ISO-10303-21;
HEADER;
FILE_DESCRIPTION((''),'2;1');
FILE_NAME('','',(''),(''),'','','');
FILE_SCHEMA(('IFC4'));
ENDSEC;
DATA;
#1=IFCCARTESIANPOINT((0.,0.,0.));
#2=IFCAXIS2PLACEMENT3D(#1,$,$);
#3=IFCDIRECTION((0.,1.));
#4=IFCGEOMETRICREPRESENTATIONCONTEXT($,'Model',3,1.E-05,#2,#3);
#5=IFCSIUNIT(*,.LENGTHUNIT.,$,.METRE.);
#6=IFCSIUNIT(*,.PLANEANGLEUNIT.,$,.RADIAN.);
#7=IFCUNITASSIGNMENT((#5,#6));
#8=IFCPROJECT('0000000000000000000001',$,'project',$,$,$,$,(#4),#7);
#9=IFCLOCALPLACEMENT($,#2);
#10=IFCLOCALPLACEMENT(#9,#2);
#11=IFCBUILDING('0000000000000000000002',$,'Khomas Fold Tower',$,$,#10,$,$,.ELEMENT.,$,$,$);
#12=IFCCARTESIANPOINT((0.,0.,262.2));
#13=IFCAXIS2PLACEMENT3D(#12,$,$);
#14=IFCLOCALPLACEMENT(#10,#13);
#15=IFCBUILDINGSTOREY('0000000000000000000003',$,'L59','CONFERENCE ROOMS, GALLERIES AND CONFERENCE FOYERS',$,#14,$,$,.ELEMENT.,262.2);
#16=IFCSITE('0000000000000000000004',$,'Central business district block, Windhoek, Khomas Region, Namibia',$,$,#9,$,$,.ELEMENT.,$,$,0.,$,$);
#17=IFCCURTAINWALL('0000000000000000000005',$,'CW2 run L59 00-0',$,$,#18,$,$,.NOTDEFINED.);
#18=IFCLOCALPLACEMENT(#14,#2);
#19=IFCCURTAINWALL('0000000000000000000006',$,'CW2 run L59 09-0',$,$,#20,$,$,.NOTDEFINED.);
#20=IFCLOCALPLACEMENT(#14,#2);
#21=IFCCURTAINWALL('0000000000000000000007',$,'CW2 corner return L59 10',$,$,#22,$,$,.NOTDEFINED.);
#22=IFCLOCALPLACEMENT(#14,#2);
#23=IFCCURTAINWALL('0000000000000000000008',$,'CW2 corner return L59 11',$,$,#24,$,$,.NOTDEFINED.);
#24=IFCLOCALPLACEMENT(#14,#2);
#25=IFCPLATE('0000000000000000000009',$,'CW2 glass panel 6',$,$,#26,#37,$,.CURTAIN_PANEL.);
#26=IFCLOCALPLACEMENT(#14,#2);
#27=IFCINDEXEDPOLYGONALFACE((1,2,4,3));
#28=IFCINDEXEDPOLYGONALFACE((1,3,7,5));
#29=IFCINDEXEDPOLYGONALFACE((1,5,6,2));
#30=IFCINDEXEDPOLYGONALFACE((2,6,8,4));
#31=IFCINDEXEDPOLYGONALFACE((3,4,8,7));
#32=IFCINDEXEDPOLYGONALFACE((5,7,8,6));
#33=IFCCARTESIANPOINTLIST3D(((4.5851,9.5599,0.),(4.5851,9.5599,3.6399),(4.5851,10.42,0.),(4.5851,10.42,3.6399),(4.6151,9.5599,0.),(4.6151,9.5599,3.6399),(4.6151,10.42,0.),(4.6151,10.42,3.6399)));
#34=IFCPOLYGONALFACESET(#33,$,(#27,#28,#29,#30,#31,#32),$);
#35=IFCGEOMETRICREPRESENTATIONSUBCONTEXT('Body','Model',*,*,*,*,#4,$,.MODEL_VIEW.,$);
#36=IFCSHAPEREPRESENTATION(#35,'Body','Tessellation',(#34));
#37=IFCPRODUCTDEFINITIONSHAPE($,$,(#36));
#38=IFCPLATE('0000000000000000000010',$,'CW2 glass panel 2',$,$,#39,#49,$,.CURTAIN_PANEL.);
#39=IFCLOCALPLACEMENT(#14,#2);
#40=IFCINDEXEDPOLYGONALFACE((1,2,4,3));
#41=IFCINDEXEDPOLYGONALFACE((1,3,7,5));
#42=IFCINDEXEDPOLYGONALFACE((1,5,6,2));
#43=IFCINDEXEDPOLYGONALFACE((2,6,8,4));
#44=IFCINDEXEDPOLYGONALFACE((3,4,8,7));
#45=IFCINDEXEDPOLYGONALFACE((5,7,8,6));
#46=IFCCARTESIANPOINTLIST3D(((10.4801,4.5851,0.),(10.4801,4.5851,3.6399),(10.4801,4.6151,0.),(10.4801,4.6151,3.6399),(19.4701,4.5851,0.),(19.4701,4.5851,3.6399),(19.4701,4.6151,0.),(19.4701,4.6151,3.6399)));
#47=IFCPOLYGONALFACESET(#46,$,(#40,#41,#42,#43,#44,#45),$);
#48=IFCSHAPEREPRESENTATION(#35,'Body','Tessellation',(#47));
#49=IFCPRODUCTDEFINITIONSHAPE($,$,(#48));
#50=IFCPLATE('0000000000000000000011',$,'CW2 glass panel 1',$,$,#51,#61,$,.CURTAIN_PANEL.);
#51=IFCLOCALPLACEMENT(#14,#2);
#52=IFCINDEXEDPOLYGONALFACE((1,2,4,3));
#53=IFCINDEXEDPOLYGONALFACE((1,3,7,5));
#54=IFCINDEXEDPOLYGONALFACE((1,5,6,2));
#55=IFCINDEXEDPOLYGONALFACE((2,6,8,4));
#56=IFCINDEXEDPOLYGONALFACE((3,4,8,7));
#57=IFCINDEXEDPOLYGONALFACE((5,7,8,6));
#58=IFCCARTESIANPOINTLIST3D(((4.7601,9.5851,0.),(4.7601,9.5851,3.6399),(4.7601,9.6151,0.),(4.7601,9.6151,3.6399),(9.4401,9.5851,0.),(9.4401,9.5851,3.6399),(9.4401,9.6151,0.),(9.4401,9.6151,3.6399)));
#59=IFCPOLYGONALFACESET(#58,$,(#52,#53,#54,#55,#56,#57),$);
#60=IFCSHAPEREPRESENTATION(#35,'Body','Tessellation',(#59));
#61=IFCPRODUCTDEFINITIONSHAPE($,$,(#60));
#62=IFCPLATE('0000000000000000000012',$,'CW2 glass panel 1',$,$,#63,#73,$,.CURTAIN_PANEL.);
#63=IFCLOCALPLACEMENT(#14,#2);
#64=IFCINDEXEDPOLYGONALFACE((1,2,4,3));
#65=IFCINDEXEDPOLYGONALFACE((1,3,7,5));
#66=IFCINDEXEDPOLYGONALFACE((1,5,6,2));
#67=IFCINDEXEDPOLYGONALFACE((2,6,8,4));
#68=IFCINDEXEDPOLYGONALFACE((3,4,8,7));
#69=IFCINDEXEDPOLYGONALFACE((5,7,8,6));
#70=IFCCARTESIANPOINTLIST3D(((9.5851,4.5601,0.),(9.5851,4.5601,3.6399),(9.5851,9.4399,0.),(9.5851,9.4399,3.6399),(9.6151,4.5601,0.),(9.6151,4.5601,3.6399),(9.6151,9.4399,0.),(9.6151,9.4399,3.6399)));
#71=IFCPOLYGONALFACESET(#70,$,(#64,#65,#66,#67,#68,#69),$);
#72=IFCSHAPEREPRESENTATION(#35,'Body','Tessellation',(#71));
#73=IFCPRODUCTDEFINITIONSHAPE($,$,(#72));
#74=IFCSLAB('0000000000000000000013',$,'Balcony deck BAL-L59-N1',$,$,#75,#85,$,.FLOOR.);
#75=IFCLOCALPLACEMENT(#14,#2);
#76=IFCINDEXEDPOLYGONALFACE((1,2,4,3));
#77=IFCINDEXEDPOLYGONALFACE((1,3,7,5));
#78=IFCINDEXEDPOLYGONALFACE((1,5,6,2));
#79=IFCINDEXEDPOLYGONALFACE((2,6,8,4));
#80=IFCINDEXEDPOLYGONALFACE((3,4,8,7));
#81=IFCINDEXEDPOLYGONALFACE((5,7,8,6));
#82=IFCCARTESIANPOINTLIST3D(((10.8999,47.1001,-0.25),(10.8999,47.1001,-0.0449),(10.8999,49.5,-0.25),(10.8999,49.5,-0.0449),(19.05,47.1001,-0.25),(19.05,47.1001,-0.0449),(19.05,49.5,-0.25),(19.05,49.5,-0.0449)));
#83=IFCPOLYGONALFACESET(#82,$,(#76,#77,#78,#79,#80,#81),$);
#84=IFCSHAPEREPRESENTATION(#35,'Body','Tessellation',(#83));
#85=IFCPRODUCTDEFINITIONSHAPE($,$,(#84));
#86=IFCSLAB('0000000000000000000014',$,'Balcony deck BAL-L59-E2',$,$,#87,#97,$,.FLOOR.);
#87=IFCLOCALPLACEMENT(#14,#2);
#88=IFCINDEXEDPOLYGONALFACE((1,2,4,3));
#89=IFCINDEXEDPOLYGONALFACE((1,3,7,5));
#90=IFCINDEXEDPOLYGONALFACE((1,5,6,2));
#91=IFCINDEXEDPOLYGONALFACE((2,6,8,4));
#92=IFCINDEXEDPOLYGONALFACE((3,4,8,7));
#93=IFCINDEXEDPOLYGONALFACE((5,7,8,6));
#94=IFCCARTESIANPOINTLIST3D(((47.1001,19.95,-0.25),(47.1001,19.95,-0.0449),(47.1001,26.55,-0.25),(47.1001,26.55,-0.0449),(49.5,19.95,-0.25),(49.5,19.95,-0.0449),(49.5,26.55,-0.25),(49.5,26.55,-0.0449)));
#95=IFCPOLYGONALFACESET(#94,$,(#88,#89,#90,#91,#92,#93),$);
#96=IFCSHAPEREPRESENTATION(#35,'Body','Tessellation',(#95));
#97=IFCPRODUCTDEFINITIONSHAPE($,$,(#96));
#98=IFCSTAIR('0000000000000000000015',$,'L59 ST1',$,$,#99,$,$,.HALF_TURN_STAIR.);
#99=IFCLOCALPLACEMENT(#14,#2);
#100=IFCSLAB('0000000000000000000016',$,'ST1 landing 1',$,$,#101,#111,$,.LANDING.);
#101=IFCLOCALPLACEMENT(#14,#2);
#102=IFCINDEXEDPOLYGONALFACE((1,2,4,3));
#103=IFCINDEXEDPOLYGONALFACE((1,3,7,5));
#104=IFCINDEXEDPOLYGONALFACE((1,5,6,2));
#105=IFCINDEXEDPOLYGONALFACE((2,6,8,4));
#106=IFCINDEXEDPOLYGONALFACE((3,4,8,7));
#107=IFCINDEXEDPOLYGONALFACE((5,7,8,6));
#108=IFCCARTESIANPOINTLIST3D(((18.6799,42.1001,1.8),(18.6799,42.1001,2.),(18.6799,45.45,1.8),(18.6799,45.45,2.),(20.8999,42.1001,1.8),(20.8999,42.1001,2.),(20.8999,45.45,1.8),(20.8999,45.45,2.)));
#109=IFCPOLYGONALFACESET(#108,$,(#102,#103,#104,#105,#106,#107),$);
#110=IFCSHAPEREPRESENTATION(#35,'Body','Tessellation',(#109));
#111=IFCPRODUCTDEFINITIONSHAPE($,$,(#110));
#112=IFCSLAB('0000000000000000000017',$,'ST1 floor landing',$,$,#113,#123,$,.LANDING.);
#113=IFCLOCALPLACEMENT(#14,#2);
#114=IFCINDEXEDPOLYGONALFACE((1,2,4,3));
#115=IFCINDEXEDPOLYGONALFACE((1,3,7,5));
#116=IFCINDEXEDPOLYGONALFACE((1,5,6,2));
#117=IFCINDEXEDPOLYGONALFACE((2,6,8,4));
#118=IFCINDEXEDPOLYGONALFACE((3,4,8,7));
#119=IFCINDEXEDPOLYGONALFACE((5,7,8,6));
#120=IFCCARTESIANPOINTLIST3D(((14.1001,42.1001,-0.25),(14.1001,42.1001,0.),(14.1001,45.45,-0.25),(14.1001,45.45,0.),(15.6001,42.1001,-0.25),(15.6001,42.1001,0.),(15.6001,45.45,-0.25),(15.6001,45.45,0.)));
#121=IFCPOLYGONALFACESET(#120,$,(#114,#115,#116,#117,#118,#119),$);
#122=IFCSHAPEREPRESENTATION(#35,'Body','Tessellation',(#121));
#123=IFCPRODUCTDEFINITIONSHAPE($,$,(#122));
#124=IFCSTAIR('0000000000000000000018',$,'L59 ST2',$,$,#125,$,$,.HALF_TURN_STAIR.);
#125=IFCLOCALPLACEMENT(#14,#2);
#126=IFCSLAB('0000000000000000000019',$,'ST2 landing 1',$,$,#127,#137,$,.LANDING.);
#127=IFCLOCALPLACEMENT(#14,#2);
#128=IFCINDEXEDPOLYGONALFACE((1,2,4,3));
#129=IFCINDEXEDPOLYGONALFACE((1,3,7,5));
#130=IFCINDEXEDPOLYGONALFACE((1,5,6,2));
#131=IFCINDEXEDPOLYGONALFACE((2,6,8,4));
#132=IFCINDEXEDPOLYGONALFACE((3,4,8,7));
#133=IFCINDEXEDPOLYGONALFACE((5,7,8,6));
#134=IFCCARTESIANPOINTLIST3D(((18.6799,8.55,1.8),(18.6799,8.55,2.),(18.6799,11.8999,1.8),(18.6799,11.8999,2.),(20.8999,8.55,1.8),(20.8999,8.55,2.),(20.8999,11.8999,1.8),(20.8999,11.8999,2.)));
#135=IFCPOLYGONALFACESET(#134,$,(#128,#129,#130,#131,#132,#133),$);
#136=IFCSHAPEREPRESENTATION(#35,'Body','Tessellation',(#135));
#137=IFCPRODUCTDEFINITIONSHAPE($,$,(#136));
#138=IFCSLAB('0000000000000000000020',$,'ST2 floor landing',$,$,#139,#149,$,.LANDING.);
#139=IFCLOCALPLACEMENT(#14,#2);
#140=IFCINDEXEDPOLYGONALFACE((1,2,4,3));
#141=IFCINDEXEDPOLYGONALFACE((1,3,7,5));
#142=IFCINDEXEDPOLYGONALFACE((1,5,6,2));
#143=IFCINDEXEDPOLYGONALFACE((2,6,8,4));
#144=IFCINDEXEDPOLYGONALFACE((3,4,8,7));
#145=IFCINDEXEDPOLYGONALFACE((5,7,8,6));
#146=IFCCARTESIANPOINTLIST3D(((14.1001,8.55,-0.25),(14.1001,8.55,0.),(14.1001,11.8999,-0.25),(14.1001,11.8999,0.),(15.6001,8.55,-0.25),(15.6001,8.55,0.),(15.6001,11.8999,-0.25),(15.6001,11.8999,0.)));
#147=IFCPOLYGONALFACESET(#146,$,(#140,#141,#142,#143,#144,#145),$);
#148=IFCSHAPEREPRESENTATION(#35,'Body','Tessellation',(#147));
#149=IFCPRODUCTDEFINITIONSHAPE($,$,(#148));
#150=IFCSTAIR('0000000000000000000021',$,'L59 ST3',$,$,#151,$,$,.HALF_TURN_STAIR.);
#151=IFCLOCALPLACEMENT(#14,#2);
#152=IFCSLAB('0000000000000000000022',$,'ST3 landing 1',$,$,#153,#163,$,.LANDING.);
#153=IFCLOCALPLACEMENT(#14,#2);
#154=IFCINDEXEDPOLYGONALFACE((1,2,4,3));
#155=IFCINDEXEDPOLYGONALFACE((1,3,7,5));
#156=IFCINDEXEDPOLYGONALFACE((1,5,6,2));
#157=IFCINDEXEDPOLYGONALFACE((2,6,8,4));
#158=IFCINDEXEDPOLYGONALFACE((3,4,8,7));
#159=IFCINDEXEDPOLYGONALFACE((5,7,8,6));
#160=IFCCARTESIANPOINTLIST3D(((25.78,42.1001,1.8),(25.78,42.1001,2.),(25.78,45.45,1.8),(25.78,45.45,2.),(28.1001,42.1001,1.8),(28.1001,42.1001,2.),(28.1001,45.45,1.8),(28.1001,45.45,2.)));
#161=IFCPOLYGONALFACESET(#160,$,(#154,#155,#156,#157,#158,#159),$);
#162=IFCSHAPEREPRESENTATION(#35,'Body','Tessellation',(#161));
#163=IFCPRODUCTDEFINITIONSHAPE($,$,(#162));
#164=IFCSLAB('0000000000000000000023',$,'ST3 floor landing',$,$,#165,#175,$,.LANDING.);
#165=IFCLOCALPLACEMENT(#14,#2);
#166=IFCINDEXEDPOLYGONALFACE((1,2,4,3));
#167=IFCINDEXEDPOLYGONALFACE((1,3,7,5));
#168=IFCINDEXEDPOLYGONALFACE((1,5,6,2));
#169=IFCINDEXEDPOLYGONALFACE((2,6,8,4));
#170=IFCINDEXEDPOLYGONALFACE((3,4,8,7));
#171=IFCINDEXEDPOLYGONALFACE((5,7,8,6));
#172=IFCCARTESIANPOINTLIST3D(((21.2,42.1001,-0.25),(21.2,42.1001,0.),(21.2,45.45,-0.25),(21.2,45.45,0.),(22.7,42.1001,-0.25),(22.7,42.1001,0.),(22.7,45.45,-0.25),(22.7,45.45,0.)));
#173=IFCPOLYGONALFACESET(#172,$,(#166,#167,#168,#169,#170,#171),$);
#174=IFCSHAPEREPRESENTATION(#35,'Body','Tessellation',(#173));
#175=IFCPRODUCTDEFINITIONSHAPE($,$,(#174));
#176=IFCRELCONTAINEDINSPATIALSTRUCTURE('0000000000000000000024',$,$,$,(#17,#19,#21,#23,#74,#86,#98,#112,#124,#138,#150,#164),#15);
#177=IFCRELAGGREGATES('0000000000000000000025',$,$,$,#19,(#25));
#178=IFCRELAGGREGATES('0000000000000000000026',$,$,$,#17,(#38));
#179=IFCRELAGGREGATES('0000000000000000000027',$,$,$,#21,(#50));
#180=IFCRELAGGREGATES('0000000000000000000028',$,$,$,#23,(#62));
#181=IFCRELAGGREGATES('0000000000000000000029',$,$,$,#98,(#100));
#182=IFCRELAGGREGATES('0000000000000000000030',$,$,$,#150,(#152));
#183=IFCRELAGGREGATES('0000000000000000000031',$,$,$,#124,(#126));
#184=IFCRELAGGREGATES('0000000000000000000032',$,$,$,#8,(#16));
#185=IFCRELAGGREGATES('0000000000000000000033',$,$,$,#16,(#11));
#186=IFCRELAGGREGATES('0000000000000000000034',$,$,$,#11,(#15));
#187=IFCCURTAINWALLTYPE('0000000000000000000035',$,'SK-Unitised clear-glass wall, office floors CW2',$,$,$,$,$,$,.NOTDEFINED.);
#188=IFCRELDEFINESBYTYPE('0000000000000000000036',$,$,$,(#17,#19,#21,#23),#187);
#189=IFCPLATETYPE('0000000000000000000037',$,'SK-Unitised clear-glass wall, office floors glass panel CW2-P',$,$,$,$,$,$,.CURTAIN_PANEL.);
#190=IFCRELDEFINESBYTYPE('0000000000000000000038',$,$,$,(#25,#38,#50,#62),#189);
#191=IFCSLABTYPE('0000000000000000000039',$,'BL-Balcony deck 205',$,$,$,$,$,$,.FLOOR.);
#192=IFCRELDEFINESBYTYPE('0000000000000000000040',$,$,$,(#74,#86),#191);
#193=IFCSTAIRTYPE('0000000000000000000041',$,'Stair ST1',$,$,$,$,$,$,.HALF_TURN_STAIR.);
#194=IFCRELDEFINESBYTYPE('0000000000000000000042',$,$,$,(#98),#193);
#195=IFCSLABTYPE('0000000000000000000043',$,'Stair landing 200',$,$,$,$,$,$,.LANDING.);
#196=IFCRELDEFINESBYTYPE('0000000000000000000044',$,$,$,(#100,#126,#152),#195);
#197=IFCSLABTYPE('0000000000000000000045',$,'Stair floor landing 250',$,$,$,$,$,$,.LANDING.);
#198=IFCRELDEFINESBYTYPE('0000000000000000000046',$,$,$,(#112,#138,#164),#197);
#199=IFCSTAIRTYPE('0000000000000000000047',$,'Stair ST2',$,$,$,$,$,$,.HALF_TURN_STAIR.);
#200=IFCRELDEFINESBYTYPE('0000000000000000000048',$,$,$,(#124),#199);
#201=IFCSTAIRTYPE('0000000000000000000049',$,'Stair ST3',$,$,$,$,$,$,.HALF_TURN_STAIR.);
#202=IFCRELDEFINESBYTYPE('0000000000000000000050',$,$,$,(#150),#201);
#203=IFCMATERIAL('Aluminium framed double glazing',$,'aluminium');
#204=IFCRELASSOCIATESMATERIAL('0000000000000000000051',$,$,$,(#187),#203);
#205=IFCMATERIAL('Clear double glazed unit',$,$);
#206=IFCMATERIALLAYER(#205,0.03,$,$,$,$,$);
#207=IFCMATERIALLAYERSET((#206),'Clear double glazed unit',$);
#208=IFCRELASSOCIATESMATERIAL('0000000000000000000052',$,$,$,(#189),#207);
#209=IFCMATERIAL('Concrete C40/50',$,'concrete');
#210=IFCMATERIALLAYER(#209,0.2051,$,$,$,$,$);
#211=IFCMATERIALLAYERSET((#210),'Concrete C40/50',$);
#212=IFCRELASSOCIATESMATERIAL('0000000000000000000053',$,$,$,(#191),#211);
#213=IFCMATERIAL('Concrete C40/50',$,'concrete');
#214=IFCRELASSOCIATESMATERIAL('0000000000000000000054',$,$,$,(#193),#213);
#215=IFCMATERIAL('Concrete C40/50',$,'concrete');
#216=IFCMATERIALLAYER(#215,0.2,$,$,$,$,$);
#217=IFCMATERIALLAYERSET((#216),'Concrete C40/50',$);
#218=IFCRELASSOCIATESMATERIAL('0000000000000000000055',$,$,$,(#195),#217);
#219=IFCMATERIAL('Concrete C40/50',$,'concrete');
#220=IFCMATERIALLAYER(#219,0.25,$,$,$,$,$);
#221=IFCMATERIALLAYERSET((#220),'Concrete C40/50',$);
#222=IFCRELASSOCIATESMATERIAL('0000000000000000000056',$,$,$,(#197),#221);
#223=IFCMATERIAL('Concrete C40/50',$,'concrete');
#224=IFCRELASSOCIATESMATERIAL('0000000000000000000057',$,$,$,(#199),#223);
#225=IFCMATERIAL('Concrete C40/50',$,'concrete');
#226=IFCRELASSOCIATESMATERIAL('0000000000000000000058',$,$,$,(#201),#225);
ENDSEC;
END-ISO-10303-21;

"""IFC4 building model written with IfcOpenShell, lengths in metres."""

from ifc_helpers import new_model, si_unit, direction, frame, origin, origin_2d, place, context, subcontext, project, spatial, polyline, rectangle, outline, extrude, source, transform, mapped, material, layer, layer_set, type_object, element, aggregate, save


model = new_model("IFC4")

# Units and contexts
model_context = context("Model", 3, precision=1e-05, world=origin(), true_north=direction((0.0, 1.0)))
body_context = subcontext(model_context, "Body", "Model", "MODEL_VIEW")
ifc_project = project(units=[si_unit("LENGTHUNIT", "METRE"), si_unit("PLANEANGLEUNIT", "RADIAN")], contexts=[model_context])

# Site, building, storey
site_placement = place(None, origin())
site = spatial("IfcSite", under=ifc_project, at=site_placement, Name="Central business district block, Windhoek, Khomas Region, Namibia", CompositionType="ELEMENT", RefElevation=0.0)
building_placement = place(site_placement, origin())
building = spatial("IfcBuilding", under=site, at=building_placement, Name="Khomas Fold Tower", CompositionType="ELEMENT")
storey_placement = place(building_placement, frame((0.0, 0.0, 262.2)))
storey = spatial("IfcBuildingStorey", under=building, at=storey_placement, Name="L59", Description="CONFERENCE ROOMS, GALLERIES AND CONFERENCE FOYERS", CompositionType="ELEMENT", Elevation=262.2)

# Curtain wall
ifc_material_1 = material(Name="Aluminium framed double glazing", Category="aluminium")
curtain_wall_type = type_object("IfcCurtainWallType", Name="SK-Unitised clear-glass wall, office floors CW2", PredefinedType="NOTDEFINED", material=ifc_material_1)
curtain_wall_1_placement = place(storey_placement, origin())
curtain_wall_1 = element("IfcCurtainWall", 1, at=curtain_wall_1_placement, inside=storey, type_object=curtain_wall_type, Name="CW2 run L59 00-0", PredefinedType="NOTDEFINED")

# Curtain wall
curtain_wall_2_placement = place(storey_placement, origin())
curtain_wall_2 = element("IfcCurtainWall", 2, at=curtain_wall_2_placement, inside=storey, type_object=curtain_wall_type, Name="CW2 run L59 09-0", PredefinedType="NOTDEFINED")

# Curtain walls
curtain_wall_3_placement = place(storey_placement, origin())
curtain_wall_3 = element("IfcCurtainWall", 3, at=curtain_wall_3_placement, inside=storey, type_object=curtain_wall_type, Name="CW2 corner return L59 10", PredefinedType="NOTDEFINED")
curtain_wall_4_placement = place(storey_placement, origin())
curtain_wall_4 = element("IfcCurtainWall", 4, at=curtain_wall_4_placement, inside=storey, type_object=curtain_wall_type, Name="CW2 corner return L59 11", PredefinedType="NOTDEFINED")

# Plates
ifc_material_2 = material(Name="Clear double glazed unit")
ifc_layer_1 = layer(ifc_material_2, 0.03)
ifc_layer_set_1 = layer_set([ifc_layer_1], Name="Clear double glazed unit")
plate_type = type_object("IfcPlateType", Name="SK-Unitised clear-glass wall, office floors glass panel CW2-P", PredefinedType="CURTAIN_PANEL", material=ifc_layer_set_1)
shared_shape_1 = source(origin(), body_context, "Body", "SweptSolid", [
    extrude(rectangle(XDim=0.8601, YDim=0.03, at=origin_2d()), origin(), (0.0, 0.0, 1.0), 3.6399),
])
plate_1_placement = place(storey_placement, frame((4.6001, 9.99, 0.0), z_axis=(0.0, 0.0, 1.0), x_axis=(0.0, -1.0, 0.0)))
plate_1 = element("IfcPlate", 5, at=plate_1_placement, type_object=plate_type, Name="CW2 glass panel 6", PredefinedType="CURTAIN_PANEL", context=body_context, shape_type="MappedRepresentation", body=[
    mapped(shared_shape_1, transform((0.0, 0.0, 0.0))),
])
aggregate(curtain_wall_2, [plate_1])
shared_shape_2 = source(origin(), body_context, "Body", "SweptSolid", [
    extrude(rectangle(XDim=8.99, YDim=0.03, at=origin_2d()), origin(), (0.0, 0.0, 1.0), 3.6399),
])
plate_2_placement = place(storey_placement, frame((14.9751, 4.6001, 0.0), z_axis=(0.0, 0.0, 1.0), x_axis=(1.0, 0.0, 0.0)))
plate_2 = element("IfcPlate", 6, at=plate_2_placement, type_object=plate_type, Name="CW2 glass panel 2", PredefinedType="CURTAIN_PANEL", context=body_context, shape_type="MappedRepresentation", body=[
    mapped(shared_shape_2, transform((0.0, 0.0, 0.0))),
])
aggregate(curtain_wall_1, [plate_2])
shared_shape_3 = source(origin(), body_context, "Body", "SweptSolid", [
    extrude(rectangle(XDim=4.6799, YDim=0.03, at=origin_2d()), origin(), (0.0, 0.0, 1.0), 3.6399),
])
plate_3_placement = place(storey_placement, frame((7.1001, 9.6001, 0.0), z_axis=(0.0, 0.0, 1.0), x_axis=(1.0, 0.0, 0.0)))
plate_3 = element("IfcPlate", 7, at=plate_3_placement, type_object=plate_type, Name="CW2 glass panel 1", PredefinedType="CURTAIN_PANEL", context=body_context, shape_type="MappedRepresentation", body=[
    mapped(shared_shape_3, transform((0.0, 0.0, 0.0))),
])
aggregate(curtain_wall_3, [plate_3])
shared_shape_4 = source(origin(), body_context, "Body", "SweptSolid", [
    extrude(rectangle(XDim=4.8799, YDim=0.03, at=origin_2d()), origin(), (0.0, 0.0, 1.0), 3.6399),
])
plate_4_placement = place(storey_placement, frame((9.6001, 7.0, 0.0), z_axis=(0.0, 0.0, 1.0), x_axis=(0.0, -1.0, 0.0)))
plate_4 = element("IfcPlate", 8, at=plate_4_placement, type_object=plate_type, Name="CW2 glass panel 1", PredefinedType="CURTAIN_PANEL", context=body_context, shape_type="MappedRepresentation", body=[
    mapped(shared_shape_4, transform((0.0, 0.0, 0.0))),
])
aggregate(curtain_wall_4, [plate_4])

# Slabs
ifc_material_3 = material(Name="Concrete C40/50", Category="concrete")
ifc_layer_2 = layer(ifc_material_3, 0.2051)
ifc_layer_set_2 = layer_set([ifc_layer_2], Name="Concrete C40/50")
slab_type_1 = type_object("IfcSlabType", Name="BL-Balcony deck 205", PredefinedType="FLOOR", material=ifc_layer_set_2)
shared_shape_5 = source(origin(), body_context, "Body", "SweptSolid", [
    extrude(outline(polyline([(10.8999, 47.1001), (19.05, 47.1001), (19.05, 49.5), (10.8999, 49.5), (10.8999, 47.1001)])), origin(), (0.0, 0.0, 1.0), 0.2051),
])
slab_1_placement = place(storey_placement, frame((0.0, 0.0, -0.25)))
element("IfcSlab", 9, at=slab_1_placement, inside=storey, type_object=slab_type_1, Name="Balcony deck BAL-L59-N1", PredefinedType="FLOOR", context=body_context, shape_type="MappedRepresentation", body=[
    mapped(shared_shape_5, transform((0.0, 0.0, 0.0))),
])
shared_shape_6 = source(origin(), body_context, "Body", "SweptSolid", [
    extrude(outline(polyline([(47.1001, 19.95), (49.5, 19.95), (49.5, 26.55), (47.1001, 26.55), (47.1001, 19.95)])), origin(), (0.0, 0.0, 1.0), 0.2051),
])
slab_2_placement = place(storey_placement, frame((0.0, 0.0, -0.25)))
element("IfcSlab", 10, at=slab_2_placement, inside=storey, type_object=slab_type_1, Name="Balcony deck BAL-L59-E2", PredefinedType="FLOOR", context=body_context, shape_type="MappedRepresentation", body=[
    mapped(shared_shape_6, transform((0.0, 0.0, 0.0))),
])

# Stair, slab
ifc_material_4 = material(Name="Concrete C40/50", Category="concrete")
stair_type_1 = type_object("IfcStairType", Name="Stair ST1", PredefinedType="HALF_TURN_STAIR", material=ifc_material_4)
stair_1_placement = place(storey_placement, origin())
stair_1 = element("IfcStair", 11, at=stair_1_placement, inside=storey, type_object=stair_type_1, Name="L59 ST1", PredefinedType="HALF_TURN_STAIR")
ifc_material_5 = material(Name="Concrete C40/50", Category="concrete")
ifc_layer_3 = layer(ifc_material_5, 0.2)
ifc_layer_set_3 = layer_set([ifc_layer_3], Name="Concrete C40/50")
slab_type_2 = type_object("IfcSlabType", Name="Stair landing 200", PredefinedType="LANDING", material=ifc_layer_set_3)
shared_shape_7 = source(origin(), body_context, "Body", "SweptSolid", [
    extrude(outline(polyline([(18.6799, 42.1001), (20.8999, 42.1001), (20.8999, 45.45), (18.6799, 45.45), (18.6799, 42.1001)])), origin(), (0.0, 0.0, 1.0), 0.2),
])
slab_3_placement = place(storey_placement, frame((0.0, 0.0, 1.8)))
slab_3 = element("IfcSlab", 12, at=slab_3_placement, type_object=slab_type_2, Name="ST1 landing 1", PredefinedType="LANDING", context=body_context, shape_type="MappedRepresentation", body=[
    mapped(shared_shape_7, transform((0.0, 0.0, 0.0))),
])
aggregate(stair_1, [slab_3])

# Slab
ifc_material_6 = material(Name="Concrete C40/50", Category="concrete")
ifc_layer_4 = layer(ifc_material_6, 0.25)
ifc_layer_set_4 = layer_set([ifc_layer_4], Name="Concrete C40/50")
slab_type_3 = type_object("IfcSlabType", Name="Stair floor landing 250", PredefinedType="LANDING", material=ifc_layer_set_4)
shared_shape_8 = source(origin(), body_context, "Body", "SweptSolid", [
    extrude(outline(polyline([(15.6001, 42.1001), (14.1001, 42.1001), (14.1001, 45.45), (15.6001, 45.45), (15.6001, 42.1001)])), origin(), (0.0, 0.0, 1.0), 0.25),
])
slab_4_placement = place(storey_placement, frame((0.0, 0.0, -0.25)))
element("IfcSlab", 13, at=slab_4_placement, inside=storey, type_object=slab_type_3, Name="ST1 floor landing", PredefinedType="LANDING", context=body_context, shape_type="MappedRepresentation", body=[
    mapped(shared_shape_8, transform((0.0, 0.0, 0.0))),
])

# Stair, slab
ifc_material_7 = material(Name="Concrete C40/50", Category="concrete")
stair_type_2 = type_object("IfcStairType", Name="Stair ST2", PredefinedType="HALF_TURN_STAIR", material=ifc_material_7)
stair_2_placement = place(storey_placement, origin())
stair_2 = element("IfcStair", 14, at=stair_2_placement, inside=storey, type_object=stair_type_2, Name="L59 ST2", PredefinedType="HALF_TURN_STAIR")
shared_shape_9 = source(origin(), body_context, "Body", "SweptSolid", [
    extrude(outline(polyline([(18.6799, 8.55), (20.8999, 8.55), (20.8999, 11.8999), (18.6799, 11.8999), (18.6799, 8.55)])), origin(), (0.0, 0.0, 1.0), 0.2),
])
slab_5_placement = place(storey_placement, frame((0.0, 0.0, 1.8)))
slab_5 = element("IfcSlab", 15, at=slab_5_placement, type_object=slab_type_2, Name="ST2 landing 1", PredefinedType="LANDING", context=body_context, shape_type="MappedRepresentation", body=[
    mapped(shared_shape_9, transform((0.0, 0.0, 0.0))),
])

# Slab
shared_shape_10 = source(origin(), body_context, "Body", "SweptSolid", [
    extrude(outline(polyline([(15.6001, 8.55), (14.1001, 8.55), (14.1001, 11.8999), (15.6001, 11.8999), (15.6001, 8.55)])), origin(), (0.0, 0.0, 1.0), 0.25),
])
slab_6_placement = place(storey_placement, frame((0.0, 0.0, -0.25)))
element("IfcSlab", 16, at=slab_6_placement, inside=storey, type_object=slab_type_3, Name="ST2 floor landing", PredefinedType="LANDING", context=body_context, shape_type="MappedRepresentation", body=[
    mapped(shared_shape_10, transform((0.0, 0.0, 0.0))),
])

# Stair, slab
ifc_material_8 = material(Name="Concrete C40/50", Category="concrete")
stair_type_3 = type_object("IfcStairType", Name="Stair ST3", PredefinedType="HALF_TURN_STAIR", material=ifc_material_8)
stair_3_placement = place(storey_placement, origin())
stair_3 = element("IfcStair", 17, at=stair_3_placement, inside=storey, type_object=stair_type_3, Name="L59 ST3", PredefinedType="HALF_TURN_STAIR")
shared_shape_11 = source(origin(), body_context, "Body", "SweptSolid", [
    extrude(outline(polyline([(25.78, 42.1001), (28.1001, 42.1001), (28.1001, 45.45), (25.78, 45.45), (25.78, 42.1001)])), origin(), (0.0, 0.0, 1.0), 0.2),
])
slab_7_placement = place(storey_placement, frame((0.0, 0.0, 1.8)))
slab_7 = element("IfcSlab", 18, at=slab_7_placement, type_object=slab_type_2, Name="ST3 landing 1", PredefinedType="LANDING", context=body_context, shape_type="MappedRepresentation", body=[
    mapped(shared_shape_11, transform((0.0, 0.0, 0.0))),
])
aggregate(stair_3, [slab_7])

# Slab
shared_shape_12 = source(origin(), body_context, "Body", "SweptSolid", [
    extrude(outline(polyline([(22.7, 42.1001), (21.2, 42.1001), (21.2, 45.45), (22.7, 45.45), (22.7, 42.1001)])), origin(), (0.0, 0.0, 1.0), 0.25),
])
slab_8_placement = place(storey_placement, frame((0.0, 0.0, -0.25)))
element("IfcSlab", 19, at=slab_8_placement, inside=storey, type_object=slab_type_3, Name="ST3 floor landing", PredefinedType="LANDING", context=body_context, shape_type="MappedRepresentation", body=[
    mapped(shared_shape_12, transform((0.0, 0.0, 0.0))),
])

aggregate(stair_2, [slab_5])

save(model, "model.ifc")
